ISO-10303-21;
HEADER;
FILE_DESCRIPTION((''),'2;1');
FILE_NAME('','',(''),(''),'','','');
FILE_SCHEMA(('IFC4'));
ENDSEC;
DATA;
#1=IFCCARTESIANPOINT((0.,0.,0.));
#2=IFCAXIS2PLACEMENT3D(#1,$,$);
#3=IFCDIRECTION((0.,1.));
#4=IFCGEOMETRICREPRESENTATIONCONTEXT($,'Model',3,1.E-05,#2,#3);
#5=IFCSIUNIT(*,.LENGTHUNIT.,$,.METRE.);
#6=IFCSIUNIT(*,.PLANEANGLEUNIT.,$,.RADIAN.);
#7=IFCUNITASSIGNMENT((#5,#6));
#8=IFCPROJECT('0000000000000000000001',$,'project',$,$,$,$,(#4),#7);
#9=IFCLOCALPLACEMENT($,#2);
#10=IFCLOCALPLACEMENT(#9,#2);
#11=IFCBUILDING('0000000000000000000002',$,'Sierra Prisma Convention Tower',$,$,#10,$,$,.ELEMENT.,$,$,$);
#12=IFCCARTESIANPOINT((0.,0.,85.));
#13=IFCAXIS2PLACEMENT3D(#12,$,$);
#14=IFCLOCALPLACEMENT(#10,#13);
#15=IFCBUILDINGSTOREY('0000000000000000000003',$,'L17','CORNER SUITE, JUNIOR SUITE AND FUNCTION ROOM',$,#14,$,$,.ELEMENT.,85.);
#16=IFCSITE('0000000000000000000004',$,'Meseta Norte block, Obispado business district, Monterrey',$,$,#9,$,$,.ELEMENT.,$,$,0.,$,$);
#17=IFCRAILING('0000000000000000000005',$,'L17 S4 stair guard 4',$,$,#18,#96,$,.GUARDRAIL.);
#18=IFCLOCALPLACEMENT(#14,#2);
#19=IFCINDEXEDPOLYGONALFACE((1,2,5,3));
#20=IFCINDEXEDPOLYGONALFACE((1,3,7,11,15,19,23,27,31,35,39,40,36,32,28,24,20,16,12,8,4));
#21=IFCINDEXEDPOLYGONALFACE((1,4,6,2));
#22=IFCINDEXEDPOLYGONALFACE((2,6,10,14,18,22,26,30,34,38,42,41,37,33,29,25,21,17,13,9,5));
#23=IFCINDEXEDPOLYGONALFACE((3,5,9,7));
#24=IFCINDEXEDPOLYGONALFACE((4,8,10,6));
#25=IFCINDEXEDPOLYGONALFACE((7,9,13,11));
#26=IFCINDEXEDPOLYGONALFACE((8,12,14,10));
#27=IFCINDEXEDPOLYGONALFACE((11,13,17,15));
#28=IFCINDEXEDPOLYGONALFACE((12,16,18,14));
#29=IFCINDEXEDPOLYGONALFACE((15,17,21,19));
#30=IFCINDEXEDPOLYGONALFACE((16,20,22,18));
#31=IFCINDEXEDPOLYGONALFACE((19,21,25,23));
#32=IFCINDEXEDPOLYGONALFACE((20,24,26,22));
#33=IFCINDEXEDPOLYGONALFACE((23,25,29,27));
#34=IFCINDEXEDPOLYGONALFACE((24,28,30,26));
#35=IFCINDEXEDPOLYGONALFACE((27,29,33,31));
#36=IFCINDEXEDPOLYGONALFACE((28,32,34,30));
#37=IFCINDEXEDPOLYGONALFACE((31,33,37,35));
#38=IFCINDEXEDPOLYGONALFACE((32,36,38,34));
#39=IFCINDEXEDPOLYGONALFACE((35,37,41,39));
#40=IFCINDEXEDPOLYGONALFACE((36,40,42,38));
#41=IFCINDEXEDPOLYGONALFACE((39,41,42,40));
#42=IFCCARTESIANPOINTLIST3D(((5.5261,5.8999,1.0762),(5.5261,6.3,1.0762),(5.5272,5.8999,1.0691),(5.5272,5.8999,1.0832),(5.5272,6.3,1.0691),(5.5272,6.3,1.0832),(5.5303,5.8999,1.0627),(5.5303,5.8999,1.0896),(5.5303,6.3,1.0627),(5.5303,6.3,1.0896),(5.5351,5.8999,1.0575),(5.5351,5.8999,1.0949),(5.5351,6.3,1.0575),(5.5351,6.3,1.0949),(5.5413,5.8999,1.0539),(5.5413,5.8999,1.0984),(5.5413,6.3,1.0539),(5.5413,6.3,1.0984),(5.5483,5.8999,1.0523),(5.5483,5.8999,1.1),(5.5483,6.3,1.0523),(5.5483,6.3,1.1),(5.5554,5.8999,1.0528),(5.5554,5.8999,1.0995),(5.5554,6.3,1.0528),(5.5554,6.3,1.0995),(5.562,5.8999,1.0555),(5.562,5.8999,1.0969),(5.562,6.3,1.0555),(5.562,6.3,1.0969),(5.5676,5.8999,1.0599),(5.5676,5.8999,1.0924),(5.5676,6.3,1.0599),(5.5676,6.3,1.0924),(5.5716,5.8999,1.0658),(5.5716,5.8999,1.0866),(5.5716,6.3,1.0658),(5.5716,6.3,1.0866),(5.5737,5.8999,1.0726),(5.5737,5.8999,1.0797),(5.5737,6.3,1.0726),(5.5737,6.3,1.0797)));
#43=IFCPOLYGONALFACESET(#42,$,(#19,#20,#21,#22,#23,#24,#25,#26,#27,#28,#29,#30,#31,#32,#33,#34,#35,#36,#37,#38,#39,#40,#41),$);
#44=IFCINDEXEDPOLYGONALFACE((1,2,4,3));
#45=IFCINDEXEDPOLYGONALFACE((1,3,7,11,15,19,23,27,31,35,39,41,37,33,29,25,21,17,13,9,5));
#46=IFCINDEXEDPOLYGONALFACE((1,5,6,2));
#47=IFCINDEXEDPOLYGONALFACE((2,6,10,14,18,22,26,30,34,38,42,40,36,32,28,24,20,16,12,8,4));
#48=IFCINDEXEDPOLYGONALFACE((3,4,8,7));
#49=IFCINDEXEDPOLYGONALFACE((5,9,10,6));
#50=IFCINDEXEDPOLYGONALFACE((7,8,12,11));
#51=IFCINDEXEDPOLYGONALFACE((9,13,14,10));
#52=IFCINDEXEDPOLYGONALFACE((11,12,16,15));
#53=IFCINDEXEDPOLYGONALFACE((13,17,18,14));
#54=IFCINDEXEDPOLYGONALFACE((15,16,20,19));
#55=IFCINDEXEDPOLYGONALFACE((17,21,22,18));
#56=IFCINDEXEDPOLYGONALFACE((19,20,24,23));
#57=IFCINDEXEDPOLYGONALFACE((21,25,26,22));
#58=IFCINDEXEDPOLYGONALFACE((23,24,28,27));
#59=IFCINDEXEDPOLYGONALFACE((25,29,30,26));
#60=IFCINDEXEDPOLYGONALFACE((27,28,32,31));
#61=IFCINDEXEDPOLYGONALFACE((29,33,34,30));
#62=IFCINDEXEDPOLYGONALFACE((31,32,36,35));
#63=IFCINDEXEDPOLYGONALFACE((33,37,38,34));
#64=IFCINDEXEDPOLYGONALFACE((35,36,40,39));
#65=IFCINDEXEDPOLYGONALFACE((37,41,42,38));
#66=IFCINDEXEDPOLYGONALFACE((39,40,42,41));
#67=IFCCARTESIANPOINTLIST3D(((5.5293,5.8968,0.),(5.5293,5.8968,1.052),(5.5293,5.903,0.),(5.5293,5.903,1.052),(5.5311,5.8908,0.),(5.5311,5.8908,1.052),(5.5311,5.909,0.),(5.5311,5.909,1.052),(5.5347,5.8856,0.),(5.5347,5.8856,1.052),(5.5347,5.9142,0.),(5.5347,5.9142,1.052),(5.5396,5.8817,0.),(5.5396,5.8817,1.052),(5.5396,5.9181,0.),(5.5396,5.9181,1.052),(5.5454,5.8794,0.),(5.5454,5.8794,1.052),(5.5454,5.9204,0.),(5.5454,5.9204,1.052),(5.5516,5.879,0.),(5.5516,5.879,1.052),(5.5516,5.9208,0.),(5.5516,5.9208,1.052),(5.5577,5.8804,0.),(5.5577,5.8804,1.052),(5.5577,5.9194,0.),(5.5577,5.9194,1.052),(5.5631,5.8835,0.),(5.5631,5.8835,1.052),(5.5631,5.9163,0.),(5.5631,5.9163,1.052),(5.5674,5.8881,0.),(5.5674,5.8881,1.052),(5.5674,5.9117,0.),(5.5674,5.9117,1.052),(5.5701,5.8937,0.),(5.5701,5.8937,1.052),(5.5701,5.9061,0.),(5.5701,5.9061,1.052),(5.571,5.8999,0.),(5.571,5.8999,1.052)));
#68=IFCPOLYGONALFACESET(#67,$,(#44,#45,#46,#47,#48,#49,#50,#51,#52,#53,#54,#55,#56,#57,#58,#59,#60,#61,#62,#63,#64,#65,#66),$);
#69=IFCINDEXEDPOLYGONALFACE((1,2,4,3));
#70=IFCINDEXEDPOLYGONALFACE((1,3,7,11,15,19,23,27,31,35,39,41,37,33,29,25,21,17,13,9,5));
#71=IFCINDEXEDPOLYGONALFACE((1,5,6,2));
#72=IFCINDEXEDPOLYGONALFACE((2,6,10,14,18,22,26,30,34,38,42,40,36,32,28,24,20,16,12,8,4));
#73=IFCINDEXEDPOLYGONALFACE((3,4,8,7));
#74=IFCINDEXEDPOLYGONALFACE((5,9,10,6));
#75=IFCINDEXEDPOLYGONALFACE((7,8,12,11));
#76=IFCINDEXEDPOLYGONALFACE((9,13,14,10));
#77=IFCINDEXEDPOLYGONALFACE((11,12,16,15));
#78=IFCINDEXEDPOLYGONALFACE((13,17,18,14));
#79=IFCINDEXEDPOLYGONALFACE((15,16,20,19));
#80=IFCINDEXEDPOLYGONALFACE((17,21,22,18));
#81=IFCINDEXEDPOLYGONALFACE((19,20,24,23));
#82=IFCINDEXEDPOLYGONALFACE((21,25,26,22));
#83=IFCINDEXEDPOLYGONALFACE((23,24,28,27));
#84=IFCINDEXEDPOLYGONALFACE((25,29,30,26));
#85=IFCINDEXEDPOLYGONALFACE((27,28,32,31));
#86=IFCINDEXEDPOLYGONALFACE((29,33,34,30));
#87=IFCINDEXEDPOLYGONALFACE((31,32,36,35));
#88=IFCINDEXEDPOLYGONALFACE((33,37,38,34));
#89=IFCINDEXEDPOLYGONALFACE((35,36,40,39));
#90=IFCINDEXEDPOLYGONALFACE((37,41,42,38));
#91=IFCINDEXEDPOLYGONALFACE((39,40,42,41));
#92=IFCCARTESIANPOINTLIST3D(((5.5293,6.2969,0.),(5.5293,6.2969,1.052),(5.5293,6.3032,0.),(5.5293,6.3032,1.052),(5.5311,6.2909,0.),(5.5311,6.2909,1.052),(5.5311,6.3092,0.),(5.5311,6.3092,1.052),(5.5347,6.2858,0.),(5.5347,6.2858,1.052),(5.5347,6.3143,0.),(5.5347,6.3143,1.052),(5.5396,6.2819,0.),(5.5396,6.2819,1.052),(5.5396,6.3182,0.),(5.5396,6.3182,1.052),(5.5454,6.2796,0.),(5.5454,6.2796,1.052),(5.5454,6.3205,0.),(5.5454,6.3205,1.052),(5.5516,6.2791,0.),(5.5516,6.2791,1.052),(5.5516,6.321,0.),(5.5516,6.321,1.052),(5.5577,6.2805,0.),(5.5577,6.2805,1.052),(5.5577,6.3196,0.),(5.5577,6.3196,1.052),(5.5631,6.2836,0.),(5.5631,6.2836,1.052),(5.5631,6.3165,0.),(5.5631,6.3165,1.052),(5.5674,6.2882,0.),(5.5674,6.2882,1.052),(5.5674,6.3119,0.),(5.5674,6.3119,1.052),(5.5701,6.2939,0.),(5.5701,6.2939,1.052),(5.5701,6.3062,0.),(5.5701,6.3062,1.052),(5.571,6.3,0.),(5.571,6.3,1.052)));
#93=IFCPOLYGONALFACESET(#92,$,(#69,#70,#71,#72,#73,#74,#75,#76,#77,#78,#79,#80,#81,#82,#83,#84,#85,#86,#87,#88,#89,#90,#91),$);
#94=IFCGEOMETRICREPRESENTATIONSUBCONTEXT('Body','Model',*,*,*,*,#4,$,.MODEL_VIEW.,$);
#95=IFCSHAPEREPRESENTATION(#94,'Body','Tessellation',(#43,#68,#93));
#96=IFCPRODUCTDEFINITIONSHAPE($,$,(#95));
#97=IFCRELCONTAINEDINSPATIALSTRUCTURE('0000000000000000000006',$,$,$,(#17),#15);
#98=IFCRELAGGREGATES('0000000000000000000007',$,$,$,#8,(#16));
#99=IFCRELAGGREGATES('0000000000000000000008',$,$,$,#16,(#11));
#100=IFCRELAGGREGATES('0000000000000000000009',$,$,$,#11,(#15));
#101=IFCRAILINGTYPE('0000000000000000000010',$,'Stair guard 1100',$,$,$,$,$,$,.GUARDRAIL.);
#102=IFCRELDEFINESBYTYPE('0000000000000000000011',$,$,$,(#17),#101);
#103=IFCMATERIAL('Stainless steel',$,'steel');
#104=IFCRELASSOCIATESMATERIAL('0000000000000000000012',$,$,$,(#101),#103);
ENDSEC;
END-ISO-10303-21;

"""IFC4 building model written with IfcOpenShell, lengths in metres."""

from ifc_helpers import new_model, si_unit, direction, frame, origin, origin_2d, place, context, subcontext, project, spatial, circle, extrude, material, type_object, element, save


model = new_model("IFC4")

# Units and contexts
model_context = context("Model", 3, precision=1e-05, world=origin(), true_north=direction((0.0, 1.0)))
body_context = subcontext(model_context, "Body", "Model", "MODEL_VIEW")
ifc_project = project(units=[si_unit("LENGTHUNIT", "METRE"), si_unit("PLANEANGLEUNIT", "RADIAN")], contexts=[model_context])

# Site, building, storey
site_placement = place(None, origin())
site = spatial("IfcSite", under=ifc_project, at=site_placement, Name="Meseta Norte block, Obispado business district, Monterrey", CompositionType="ELEMENT", RefElevation=0.0)
building_placement = place(site_placement, origin())
building = spatial("IfcBuilding", under=site, at=building_placement, Name="Sierra Prisma Convention Tower", CompositionType="ELEMENT")
storey_placement = place(building_placement, frame((0.0, 0.0, 85.0)))
storey = spatial("IfcBuildingStorey", under=building, at=storey_placement, Name="L17", Description="CORNER SUITE, JUNIOR SUITE AND FUNCTION ROOM", CompositionType="ELEMENT", Elevation=85.0)

# Railing
ifc_material_1 = material(Name="Stainless steel", Category="steel")
railing_type_1 = type_object("IfcRailingType", Name="Stair guard 1100", PredefinedType="GUARDRAIL", material=ifc_material_1)
railing_1_placement = place(storey_placement, frame((5.55, 5.8999, 0.0)))
element("IfcRailing", 1, at=railing_1_placement, inside=storey, type_object=railing_type_1, Name="L17 S4 stair guard 4", PredefinedType="GUARDRAIL", context=body_context, shape_type="SweptSolid", body=[
    extrude(circle(Radius=0.0239, at=origin_2d()), frame((0.0, 0.0, 1.0762), z_axis=(0.0, 1.0, 0.0), x_axis=(-1.0, 0.0, 0.0)), (0.0, 0.0, 1.0), 0.4001),
    extrude(circle(Radius=0.021, at=origin_2d()), origin(), (0.0, 0.0, 1.0), 1.052),
    extrude(circle(Radius=0.021, at=origin_2d()), frame((0.0, 0.4001, 0.0)), (0.0, 0.0, 1.0), 1.052),
])

save(model, "model.ifc")
